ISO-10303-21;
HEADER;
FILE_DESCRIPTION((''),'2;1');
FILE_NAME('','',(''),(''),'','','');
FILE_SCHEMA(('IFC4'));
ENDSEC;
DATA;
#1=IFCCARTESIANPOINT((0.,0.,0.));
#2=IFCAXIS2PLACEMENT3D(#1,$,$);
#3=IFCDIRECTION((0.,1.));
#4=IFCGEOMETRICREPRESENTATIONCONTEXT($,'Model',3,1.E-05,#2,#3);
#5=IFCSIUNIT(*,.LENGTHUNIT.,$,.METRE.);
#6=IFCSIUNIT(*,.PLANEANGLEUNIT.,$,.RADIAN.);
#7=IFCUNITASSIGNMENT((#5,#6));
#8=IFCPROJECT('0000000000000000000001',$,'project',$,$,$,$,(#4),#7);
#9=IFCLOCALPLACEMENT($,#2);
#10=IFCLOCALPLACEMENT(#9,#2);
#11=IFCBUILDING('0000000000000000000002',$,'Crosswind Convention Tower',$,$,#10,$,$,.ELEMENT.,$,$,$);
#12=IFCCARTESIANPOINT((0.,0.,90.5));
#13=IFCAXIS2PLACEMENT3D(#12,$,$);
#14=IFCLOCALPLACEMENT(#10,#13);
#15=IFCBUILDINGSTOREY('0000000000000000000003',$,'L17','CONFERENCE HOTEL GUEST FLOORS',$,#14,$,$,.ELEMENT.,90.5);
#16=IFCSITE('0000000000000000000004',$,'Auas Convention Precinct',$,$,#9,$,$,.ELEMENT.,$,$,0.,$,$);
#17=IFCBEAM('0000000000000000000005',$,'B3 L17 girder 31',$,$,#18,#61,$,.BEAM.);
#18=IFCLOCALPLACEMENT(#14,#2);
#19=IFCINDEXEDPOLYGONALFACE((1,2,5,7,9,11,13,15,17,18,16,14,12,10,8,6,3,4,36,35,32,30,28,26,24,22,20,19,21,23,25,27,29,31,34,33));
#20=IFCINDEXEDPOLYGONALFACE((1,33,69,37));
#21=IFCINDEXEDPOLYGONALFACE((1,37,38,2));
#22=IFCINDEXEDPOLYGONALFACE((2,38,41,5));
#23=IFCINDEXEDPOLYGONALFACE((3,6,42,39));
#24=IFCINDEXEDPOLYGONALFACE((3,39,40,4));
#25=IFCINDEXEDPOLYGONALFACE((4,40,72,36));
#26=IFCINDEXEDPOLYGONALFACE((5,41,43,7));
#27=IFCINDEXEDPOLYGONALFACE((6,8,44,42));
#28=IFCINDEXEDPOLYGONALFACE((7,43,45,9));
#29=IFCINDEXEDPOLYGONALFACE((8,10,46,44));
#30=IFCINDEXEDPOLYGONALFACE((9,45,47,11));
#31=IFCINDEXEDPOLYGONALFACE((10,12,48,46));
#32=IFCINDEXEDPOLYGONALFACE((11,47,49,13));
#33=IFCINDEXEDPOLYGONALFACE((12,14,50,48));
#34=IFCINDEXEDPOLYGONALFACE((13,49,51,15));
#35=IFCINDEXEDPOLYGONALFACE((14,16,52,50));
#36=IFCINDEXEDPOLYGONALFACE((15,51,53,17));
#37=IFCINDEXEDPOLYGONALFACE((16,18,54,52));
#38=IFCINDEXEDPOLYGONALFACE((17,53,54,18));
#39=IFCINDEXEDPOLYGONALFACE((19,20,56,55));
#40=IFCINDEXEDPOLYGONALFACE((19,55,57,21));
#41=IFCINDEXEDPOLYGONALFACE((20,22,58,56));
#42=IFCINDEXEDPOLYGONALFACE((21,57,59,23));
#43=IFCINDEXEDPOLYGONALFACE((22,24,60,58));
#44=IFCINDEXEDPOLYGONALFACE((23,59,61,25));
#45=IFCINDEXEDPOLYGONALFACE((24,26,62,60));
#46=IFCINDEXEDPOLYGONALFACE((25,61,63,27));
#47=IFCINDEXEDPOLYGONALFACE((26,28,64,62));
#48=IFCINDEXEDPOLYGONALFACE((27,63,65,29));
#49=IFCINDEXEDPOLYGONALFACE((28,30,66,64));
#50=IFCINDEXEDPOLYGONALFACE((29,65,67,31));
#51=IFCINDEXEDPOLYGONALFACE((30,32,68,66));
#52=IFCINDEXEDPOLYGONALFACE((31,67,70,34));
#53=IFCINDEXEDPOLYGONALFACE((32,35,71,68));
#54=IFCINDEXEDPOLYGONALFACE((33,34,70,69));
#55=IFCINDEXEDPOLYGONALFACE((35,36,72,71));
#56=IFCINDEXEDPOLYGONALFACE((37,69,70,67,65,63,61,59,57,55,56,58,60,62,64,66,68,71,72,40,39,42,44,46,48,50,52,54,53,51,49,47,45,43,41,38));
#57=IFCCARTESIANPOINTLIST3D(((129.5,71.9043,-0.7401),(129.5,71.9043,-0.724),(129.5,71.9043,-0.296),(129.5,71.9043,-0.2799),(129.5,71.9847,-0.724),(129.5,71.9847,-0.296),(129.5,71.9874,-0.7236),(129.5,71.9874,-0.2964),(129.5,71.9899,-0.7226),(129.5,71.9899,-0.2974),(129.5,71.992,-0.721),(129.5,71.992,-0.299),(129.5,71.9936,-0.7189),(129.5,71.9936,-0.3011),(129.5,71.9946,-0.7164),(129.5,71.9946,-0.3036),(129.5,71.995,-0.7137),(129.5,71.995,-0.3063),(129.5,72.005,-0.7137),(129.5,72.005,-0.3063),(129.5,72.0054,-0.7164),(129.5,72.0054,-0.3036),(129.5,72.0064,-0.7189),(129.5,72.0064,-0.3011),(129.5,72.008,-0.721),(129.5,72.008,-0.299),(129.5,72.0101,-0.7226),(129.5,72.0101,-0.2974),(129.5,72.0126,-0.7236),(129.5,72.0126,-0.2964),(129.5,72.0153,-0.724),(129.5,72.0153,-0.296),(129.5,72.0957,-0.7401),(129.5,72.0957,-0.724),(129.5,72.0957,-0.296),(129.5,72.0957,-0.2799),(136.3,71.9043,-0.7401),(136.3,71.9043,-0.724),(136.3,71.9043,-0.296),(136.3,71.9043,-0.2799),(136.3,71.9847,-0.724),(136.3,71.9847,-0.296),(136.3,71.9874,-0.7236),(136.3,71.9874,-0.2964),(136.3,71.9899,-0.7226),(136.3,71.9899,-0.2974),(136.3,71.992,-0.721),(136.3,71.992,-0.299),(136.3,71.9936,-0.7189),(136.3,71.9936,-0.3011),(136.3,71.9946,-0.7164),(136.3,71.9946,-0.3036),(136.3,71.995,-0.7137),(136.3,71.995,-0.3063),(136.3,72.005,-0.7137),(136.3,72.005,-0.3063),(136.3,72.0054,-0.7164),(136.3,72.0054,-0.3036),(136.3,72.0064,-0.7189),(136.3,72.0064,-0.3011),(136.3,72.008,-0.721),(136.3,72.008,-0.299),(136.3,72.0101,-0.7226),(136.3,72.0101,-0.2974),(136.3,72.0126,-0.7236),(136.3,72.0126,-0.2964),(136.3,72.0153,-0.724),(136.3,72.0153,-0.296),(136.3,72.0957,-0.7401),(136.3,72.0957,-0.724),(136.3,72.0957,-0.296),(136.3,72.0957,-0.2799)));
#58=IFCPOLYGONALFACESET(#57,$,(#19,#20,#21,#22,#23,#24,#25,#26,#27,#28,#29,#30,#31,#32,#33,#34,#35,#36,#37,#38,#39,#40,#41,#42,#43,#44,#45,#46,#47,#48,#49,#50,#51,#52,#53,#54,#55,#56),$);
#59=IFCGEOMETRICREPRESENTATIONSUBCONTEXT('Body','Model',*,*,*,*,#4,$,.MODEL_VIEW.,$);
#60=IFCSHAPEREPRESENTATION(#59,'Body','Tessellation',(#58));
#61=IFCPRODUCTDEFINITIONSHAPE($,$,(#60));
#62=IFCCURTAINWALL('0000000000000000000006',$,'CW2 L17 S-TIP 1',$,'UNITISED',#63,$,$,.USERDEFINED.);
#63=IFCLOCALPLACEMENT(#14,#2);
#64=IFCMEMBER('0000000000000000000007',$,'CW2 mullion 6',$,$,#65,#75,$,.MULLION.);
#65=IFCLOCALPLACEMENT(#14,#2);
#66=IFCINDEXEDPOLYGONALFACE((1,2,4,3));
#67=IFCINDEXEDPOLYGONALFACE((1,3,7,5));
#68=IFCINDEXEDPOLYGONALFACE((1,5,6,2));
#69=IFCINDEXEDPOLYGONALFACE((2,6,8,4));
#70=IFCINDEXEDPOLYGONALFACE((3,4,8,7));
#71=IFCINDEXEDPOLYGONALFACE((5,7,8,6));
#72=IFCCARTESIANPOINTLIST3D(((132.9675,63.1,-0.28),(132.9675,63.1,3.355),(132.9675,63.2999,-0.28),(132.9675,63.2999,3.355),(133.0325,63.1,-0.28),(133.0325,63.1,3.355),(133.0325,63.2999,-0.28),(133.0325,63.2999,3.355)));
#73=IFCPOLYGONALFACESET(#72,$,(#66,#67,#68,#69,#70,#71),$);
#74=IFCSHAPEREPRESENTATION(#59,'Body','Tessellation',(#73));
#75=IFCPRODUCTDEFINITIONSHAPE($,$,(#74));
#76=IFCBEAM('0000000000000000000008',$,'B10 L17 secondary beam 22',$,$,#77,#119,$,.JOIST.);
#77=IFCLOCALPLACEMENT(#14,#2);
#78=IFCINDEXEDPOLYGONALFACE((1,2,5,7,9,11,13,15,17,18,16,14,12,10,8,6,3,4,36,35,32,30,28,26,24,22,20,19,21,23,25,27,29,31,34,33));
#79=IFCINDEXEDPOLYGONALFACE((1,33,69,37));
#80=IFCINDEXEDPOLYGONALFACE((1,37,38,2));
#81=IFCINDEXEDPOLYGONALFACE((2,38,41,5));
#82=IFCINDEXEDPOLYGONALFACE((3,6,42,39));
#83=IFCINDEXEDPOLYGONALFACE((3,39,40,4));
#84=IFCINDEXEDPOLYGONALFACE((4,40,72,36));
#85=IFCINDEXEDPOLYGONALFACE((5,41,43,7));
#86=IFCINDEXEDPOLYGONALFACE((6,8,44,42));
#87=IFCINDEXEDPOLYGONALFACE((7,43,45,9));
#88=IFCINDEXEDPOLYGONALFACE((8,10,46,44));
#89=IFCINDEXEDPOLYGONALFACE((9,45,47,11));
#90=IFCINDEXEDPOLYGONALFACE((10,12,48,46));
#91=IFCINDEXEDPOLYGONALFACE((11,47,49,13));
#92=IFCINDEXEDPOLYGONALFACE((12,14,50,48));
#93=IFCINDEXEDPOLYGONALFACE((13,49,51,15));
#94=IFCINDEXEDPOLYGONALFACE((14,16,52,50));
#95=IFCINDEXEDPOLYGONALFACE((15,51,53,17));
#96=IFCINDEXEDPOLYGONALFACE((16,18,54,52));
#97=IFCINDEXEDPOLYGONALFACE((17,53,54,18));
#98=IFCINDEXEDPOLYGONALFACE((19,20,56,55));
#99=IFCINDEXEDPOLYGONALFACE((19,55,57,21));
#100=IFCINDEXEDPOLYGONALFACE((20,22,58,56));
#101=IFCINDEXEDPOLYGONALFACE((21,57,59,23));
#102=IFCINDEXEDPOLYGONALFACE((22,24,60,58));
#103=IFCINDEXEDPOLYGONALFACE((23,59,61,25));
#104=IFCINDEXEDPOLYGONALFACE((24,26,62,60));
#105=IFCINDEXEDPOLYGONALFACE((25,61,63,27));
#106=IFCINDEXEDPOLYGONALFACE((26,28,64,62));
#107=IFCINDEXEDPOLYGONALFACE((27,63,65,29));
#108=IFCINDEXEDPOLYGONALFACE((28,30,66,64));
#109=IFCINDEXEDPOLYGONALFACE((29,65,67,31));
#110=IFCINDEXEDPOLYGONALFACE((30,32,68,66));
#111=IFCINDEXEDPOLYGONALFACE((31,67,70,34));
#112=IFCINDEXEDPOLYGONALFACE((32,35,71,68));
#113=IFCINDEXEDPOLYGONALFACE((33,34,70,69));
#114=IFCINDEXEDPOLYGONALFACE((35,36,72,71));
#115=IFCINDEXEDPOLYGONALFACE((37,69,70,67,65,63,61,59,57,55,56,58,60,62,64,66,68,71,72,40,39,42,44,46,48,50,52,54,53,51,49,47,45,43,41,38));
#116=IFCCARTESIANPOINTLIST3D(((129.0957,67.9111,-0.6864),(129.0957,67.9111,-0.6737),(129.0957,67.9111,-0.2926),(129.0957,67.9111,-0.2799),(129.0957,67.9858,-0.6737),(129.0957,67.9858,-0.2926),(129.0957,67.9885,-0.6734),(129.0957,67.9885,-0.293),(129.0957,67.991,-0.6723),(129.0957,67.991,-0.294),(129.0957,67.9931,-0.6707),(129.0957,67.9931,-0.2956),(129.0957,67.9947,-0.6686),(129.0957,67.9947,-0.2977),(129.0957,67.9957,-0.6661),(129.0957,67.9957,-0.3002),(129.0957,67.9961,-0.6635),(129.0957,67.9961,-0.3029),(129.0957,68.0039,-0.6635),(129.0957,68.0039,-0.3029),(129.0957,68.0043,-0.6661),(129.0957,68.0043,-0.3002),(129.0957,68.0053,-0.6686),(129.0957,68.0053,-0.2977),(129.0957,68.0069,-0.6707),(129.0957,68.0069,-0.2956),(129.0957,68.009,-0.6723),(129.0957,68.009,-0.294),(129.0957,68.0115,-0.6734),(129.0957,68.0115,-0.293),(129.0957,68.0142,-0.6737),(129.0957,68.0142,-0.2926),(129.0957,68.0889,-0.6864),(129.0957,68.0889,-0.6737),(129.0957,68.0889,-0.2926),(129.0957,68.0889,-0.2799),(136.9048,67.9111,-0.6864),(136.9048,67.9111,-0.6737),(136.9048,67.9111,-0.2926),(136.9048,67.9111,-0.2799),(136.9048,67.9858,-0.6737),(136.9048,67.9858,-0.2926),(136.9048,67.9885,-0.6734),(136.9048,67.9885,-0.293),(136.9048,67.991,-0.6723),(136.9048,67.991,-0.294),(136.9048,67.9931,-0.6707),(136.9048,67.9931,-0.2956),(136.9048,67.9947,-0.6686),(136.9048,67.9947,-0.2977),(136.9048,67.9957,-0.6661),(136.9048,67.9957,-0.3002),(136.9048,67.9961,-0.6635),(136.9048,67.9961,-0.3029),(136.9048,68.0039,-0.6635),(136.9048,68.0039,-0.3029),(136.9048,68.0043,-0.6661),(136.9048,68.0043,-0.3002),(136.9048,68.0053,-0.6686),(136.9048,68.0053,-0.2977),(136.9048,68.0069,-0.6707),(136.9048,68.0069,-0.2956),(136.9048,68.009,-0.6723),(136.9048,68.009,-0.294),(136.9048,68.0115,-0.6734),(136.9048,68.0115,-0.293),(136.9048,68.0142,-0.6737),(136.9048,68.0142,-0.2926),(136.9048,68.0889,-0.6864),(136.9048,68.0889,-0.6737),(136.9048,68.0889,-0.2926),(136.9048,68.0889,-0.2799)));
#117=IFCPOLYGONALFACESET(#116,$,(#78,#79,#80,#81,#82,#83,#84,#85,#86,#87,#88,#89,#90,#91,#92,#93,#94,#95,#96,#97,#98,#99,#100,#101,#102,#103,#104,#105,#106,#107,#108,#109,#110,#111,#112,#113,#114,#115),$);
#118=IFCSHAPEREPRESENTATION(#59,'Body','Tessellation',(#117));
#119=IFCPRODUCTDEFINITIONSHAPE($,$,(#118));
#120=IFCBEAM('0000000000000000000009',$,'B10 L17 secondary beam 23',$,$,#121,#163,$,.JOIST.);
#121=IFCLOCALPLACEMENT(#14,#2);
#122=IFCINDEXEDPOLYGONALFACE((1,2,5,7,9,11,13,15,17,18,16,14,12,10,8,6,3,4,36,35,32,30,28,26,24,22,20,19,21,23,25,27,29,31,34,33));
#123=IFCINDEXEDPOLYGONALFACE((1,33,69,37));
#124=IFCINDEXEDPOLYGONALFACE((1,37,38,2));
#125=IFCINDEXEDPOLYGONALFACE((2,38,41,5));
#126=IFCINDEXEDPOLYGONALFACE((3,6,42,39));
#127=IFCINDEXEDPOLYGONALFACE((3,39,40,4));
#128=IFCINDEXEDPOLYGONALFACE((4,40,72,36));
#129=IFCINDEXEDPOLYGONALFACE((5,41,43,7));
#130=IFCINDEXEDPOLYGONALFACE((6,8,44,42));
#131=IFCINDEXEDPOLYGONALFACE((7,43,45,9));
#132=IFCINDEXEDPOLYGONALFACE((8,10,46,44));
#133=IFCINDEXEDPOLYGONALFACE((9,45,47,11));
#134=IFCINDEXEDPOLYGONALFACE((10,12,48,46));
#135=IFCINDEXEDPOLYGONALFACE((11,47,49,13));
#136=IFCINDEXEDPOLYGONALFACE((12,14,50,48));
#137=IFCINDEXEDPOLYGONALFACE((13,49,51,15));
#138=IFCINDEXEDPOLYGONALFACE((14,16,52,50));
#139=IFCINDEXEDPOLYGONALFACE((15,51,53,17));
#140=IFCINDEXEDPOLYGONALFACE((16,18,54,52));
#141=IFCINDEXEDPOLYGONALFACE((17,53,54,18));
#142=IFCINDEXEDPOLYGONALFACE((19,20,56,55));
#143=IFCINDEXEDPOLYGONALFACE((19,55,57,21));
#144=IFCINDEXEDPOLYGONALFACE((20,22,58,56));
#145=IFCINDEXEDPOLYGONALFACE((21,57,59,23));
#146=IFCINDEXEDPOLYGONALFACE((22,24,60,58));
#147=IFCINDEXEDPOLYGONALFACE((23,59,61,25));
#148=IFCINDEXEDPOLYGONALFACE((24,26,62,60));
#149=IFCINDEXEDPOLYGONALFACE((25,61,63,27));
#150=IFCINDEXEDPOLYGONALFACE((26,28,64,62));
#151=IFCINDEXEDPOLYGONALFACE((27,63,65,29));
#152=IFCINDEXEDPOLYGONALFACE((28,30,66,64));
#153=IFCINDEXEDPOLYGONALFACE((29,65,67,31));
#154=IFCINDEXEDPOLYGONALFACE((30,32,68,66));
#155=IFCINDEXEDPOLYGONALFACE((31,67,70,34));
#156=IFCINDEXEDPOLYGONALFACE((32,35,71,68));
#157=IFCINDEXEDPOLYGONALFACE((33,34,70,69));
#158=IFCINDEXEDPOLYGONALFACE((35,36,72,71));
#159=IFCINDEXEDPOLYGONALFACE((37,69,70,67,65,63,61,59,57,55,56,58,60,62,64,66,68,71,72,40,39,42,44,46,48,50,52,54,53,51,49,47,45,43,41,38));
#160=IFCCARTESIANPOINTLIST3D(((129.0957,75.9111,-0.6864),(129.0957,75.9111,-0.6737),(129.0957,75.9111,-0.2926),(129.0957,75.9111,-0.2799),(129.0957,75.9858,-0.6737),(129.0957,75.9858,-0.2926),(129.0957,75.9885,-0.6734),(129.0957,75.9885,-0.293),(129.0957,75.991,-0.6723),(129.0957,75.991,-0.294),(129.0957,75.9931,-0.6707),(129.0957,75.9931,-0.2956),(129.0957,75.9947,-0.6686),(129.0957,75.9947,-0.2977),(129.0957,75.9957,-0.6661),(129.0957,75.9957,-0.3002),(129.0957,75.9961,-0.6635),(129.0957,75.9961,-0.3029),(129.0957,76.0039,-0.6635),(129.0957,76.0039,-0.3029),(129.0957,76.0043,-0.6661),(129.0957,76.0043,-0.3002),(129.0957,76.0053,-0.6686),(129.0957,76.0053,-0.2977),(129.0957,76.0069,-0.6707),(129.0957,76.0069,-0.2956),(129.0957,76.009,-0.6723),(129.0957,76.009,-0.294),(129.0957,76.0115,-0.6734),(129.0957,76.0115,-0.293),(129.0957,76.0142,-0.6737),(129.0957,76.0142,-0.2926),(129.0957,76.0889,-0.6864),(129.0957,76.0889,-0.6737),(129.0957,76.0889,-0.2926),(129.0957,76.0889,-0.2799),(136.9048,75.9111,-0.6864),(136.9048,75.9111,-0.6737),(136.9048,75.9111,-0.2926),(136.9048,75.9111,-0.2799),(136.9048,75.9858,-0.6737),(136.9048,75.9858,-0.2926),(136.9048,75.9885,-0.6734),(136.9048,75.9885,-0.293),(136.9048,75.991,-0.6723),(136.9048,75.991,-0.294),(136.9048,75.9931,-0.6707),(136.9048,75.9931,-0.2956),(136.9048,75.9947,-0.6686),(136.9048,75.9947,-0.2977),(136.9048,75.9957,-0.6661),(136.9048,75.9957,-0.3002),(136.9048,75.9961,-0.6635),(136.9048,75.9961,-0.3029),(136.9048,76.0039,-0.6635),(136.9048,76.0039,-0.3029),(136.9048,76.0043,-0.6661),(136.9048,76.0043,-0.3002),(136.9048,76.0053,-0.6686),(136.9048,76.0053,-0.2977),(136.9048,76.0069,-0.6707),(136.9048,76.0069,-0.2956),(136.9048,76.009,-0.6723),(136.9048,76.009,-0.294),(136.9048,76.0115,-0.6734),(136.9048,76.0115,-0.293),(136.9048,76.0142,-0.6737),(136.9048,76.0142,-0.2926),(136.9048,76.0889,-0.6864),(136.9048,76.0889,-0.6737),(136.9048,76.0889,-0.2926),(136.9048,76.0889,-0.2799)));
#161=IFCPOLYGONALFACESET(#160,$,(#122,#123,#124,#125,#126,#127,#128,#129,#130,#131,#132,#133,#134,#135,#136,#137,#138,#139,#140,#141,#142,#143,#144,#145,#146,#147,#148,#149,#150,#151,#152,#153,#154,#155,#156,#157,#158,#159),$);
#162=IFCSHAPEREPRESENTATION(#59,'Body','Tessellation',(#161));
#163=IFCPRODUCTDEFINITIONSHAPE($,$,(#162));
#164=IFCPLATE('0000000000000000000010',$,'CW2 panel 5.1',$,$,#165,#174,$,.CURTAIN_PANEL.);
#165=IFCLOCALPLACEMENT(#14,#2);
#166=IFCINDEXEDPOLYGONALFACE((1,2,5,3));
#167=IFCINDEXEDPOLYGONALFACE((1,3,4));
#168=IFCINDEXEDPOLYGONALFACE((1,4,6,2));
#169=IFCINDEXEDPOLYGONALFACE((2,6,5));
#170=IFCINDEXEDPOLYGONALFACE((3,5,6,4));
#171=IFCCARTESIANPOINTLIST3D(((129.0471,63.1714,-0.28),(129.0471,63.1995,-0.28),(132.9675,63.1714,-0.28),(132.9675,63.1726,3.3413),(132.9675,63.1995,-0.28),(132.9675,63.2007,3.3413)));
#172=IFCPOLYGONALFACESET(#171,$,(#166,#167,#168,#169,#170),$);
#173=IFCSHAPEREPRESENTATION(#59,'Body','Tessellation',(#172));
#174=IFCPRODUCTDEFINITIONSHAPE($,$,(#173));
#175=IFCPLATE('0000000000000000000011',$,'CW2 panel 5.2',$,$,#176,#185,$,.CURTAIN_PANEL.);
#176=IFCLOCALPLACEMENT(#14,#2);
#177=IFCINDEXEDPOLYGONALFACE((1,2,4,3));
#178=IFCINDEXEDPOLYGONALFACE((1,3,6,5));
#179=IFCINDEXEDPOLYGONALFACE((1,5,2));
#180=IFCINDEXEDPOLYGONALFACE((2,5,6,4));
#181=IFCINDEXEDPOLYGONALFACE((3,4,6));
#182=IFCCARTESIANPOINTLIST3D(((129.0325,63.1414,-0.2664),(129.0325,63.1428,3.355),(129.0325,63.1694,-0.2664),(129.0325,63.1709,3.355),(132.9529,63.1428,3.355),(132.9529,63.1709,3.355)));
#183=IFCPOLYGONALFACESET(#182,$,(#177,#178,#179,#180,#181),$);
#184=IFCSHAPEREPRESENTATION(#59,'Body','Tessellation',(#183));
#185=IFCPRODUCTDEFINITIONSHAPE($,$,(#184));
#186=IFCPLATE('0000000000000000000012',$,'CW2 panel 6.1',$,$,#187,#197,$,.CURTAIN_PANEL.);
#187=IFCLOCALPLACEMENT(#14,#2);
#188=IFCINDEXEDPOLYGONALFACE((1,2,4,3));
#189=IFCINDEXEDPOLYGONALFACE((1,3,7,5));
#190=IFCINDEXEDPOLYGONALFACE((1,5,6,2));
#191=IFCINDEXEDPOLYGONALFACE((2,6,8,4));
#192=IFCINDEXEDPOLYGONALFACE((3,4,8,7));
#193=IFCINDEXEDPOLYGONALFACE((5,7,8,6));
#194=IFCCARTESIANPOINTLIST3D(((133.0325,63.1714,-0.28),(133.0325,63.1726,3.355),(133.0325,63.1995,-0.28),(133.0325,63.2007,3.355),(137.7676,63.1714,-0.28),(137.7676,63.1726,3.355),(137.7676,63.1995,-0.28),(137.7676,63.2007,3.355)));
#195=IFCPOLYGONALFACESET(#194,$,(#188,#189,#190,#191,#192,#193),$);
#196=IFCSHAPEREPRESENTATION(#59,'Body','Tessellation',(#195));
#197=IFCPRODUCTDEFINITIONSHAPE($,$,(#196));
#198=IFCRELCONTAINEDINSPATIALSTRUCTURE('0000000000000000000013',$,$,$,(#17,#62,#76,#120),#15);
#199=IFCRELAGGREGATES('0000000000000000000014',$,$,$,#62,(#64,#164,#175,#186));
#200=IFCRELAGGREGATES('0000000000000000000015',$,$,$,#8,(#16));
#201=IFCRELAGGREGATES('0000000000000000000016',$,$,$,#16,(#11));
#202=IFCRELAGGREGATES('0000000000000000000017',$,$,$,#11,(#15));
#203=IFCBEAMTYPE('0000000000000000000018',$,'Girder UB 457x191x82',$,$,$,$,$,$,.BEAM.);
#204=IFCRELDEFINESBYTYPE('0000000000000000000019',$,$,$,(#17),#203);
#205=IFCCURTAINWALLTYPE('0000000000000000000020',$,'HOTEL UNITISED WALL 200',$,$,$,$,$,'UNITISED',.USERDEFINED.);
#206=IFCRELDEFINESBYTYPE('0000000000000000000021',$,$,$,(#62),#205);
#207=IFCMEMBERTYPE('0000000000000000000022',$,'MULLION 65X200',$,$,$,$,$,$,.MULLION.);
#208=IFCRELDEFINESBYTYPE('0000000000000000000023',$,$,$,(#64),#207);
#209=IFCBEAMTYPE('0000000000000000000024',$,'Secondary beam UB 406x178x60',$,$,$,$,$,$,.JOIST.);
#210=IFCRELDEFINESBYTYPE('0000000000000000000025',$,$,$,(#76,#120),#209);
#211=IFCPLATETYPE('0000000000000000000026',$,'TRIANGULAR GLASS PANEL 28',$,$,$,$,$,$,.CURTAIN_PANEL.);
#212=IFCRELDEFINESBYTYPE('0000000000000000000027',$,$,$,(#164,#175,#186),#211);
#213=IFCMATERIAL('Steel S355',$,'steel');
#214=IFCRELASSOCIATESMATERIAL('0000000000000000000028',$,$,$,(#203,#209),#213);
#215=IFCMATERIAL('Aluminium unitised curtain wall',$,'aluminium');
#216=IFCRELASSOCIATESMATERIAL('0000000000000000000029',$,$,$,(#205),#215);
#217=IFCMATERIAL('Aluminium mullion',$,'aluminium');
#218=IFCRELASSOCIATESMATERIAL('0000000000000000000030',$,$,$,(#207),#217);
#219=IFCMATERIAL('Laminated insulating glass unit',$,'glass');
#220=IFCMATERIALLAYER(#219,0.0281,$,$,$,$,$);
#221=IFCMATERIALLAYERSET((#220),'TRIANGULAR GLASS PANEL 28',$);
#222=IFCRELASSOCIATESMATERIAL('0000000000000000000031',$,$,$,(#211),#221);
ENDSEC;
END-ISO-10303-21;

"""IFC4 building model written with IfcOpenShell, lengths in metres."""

from ifc_helpers import new_model, si_unit, direction, frame, origin, origin_2d, place, context, subcontext, project, spatial, polyline, rectangle, i_section, outline, extrude, material, layer, layer_set, material_profile, profile_set, type_object, element, aggregate, save


model = new_model("IFC4")

# Units and contexts
model_context = context("Model", 3, precision=1e-05, world=origin(), true_north=direction((0.0, 1.0)))
body_context = subcontext(model_context, "Body", "Model", "MODEL_VIEW")
ifc_project = project(units=[si_unit("LENGTHUNIT", "METRE"), si_unit("PLANEANGLEUNIT", "RADIAN")], contexts=[model_context])

# Site, building, storey
site_placement = place(None, origin())
site = spatial("IfcSite", under=ifc_project, at=site_placement, Name="Auas Convention Precinct", CompositionType="ELEMENT", RefElevation=0.0)
building_placement = place(site_placement, origin())
building = spatial("IfcBuilding", under=site, at=building_placement, Name="Crosswind Convention Tower", CompositionType="ELEMENT")
storey_placement = place(building_placement, frame((0.0, 0.0, 90.5)))
storey = spatial("IfcBuildingStorey", under=building, at=storey_placement, Name="L17", Description="CONFERENCE HOTEL GUEST FLOORS", CompositionType="ELEMENT", Elevation=90.5)

# Beam
ifc_material_1 = material(Name="Steel S355", Category="steel")
ifc_material_profile_1 = material_profile(ifc_material_1, i_section(OverallWidth=0.1914, OverallDepth=0.4602, WebThickness=0.01, FlangeThickness=0.0161, FilletRadius=0.0103, at=origin_2d()), Name="UB 457x191x82")
ifc_profile_set_1 = profile_set([ifc_material_profile_1], Name="Steel S355")
beam_type_1 = type_object("IfcBeamType", Name="Girder UB 457x191x82", PredefinedType="BEAM", material=ifc_profile_set_1)
beam_1_placement = place(storey_placement, frame((129.5, 72.0, -0.51), z_axis=(1.0, 0.0, 0.0), x_axis=(0.0, 1.0, 0.0)))
element("IfcBeam", 1, at=beam_1_placement, inside=storey, type_object=beam_type_1, Name="B3 L17 girder 31", PredefinedType="BEAM", context=body_context, shape_type="SweptSolid", body=[
    extrude(i_section(OverallWidth=0.1914, OverallDepth=0.4602, WebThickness=0.01, FlangeThickness=0.0161, FilletRadius=0.0103, at=origin_2d()), origin(), (0.0, 0.0, 1.0), 6.8),
])

# Curtain wall, member
ifc_material_2 = material(Name="Aluminium unitised curtain wall", Category="aluminium")
curtain_wall_type = type_object("IfcCurtainWallType", Name="HOTEL UNITISED WALL 200", ElementType="UNITISED", PredefinedType="USERDEFINED", material=ifc_material_2)
curtain_wall_placement = place(storey_placement, origin())
curtain_wall = element("IfcCurtainWall", 2, at=curtain_wall_placement, inside=storey, type_object=curtain_wall_type, Name="CW2 L17 S-TIP 1", ObjectType="UNITISED", PredefinedType="USERDEFINED")
ifc_material_3 = material(Name="Aluminium mullion", Category="aluminium")
ifc_material_profile_2 = material_profile(ifc_material_3, rectangle(XDim=0.2, YDim=0.0649, at=origin_2d()), Name="AL 200X65")
ifc_profile_set_2 = profile_set([ifc_material_profile_2], Name="Aluminium mullion")
member_type = type_object("IfcMemberType", Name="MULLION 65X200", PredefinedType="MULLION", material=ifc_profile_set_2)
member_placement = place(storey_placement, frame((133.0, 63.2, -0.28), z_axis=(0.0, 0.0, 1.0), x_axis=(0.0, -1.0, 0.0)))
member = element("IfcMember", 3, at=member_placement, type_object=member_type, Name="CW2 mullion 6", PredefinedType="MULLION", context=body_context, shape_type="SweptSolid", body=[
    extrude(rectangle(XDim=0.2, YDim=0.0649, at=origin_2d()), origin(), (0.0, 0.0, 1.0), 3.635),
])

# Beams
ifc_material_profile_3 = material_profile(ifc_material_1, i_section(OverallWidth=0.1777, OverallDepth=0.4065, WebThickness=0.0078, FlangeThickness=0.0127, FilletRadius=0.0103, at=origin_2d()), Name="UB 406x178x60")
ifc_profile_set_3 = profile_set([ifc_material_profile_3], Name="Steel S355")
beam_type_2 = type_object("IfcBeamType", Name="Secondary beam UB 406x178x60", PredefinedType="JOIST", material=ifc_profile_set_3)
for number, where, z_axis, x_axis, name in (
    (4, (129.0957, 68.0, -0.4832), (1.0, 0.0, 0.0), (0.0, 1.0, 0.0), "B10 L17 secondary beam 22"),
    (5, (129.0957, 76.0, -0.4832), (1.0, 0.0, 0.0), (0.0, 1.0, 0.0), "B10 L17 secondary beam 23"),
):
    element("IfcBeam", number, at=place(storey_placement, frame(where, z_axis=z_axis, x_axis=x_axis)), inside=storey, type_object=beam_type_2, Name=name, PredefinedType="JOIST", context=body_context, shape_type="SweptSolid", body=[
        extrude(i_section(OverallWidth=0.1777, OverallDepth=0.4065, WebThickness=0.0078, FlangeThickness=0.0127, FilletRadius=0.0103, at=origin_2d()), origin(), (0.0, 0.0, 1.0), 7.8091),
    ])

# Plates
ifc_material_4 = material(Name="Laminated insulating glass unit", Category="glass")
ifc_layer_1 = layer(ifc_material_4, 0.0281)
ifc_layer_set_1 = layer_set([ifc_layer_1], Name="TRIANGULAR GLASS PANEL 28")
plate_type = type_object("IfcPlateType", Name="TRIANGULAR GLASS PANEL 28", PredefinedType="CURTAIN_PANEL", material=ifc_layer_set_1)
plate_1_placement = place(storey_placement, frame((132.9675, 63.1714, -0.28), z_axis=(0.0, -1.0, 0.000337), x_axis=(0.0, 0.000337, 1.0)))
plate_1 = element("IfcPlate", 6, at=plate_1_placement, type_object=plate_type, Name="CW2 panel 5.1", PredefinedType="CURTAIN_PANEL", context=body_context, shape_type="SweptSolid", body=[
    extrude(outline(polyline([(0.0, 0.0), (3.6213, 0.0), (0.0, 3.9204), (0.0, 0.0)])), origin(), (0.0, 0.0, -1.0), 0.0281),
])
plate_2_placement = place(storey_placement, frame((129.0325, 63.1428, 3.355), z_axis=(0.0, -1.0, 0.000405), x_axis=(0.0, -0.000405, -1.0)))
plate_2 = element("IfcPlate", 7, at=plate_2_placement, type_object=plate_type, Name="CW2 panel 5.2", PredefinedType="CURTAIN_PANEL", context=body_context, shape_type="SweptSolid", body=[
    extrude(outline(polyline([(0.0, 0.0), (3.6213, 0.0), (0.0, 3.9204), (0.0, 0.0)])), origin(), (0.0, 0.0, -1.0), 0.0281),
])
plate_3_placement = place(storey_placement, frame((133.0325, 63.1714, -0.28), z_axis=(0.0, -1.0, 0.000336), x_axis=(1.0, 0.0, 0.0)))
plate_3 = element("IfcPlate", 8, at=plate_3_placement, type_object=plate_type, Name="CW2 panel 6.1", PredefinedType="CURTAIN_PANEL", context=body_context, shape_type="SweptSolid", body=[
    extrude(outline(polyline([(0.0, 0.0), (4.7351, 0.0), (4.7351, 3.635), (0.0, 3.635), (0.0, 0.0)])), origin(), (0.0, 0.0, -1.0), 0.0281),
])
aggregate(curtain_wall, [member, plate_1, plate_2, plate_3])

save(model, "model.ifc")
